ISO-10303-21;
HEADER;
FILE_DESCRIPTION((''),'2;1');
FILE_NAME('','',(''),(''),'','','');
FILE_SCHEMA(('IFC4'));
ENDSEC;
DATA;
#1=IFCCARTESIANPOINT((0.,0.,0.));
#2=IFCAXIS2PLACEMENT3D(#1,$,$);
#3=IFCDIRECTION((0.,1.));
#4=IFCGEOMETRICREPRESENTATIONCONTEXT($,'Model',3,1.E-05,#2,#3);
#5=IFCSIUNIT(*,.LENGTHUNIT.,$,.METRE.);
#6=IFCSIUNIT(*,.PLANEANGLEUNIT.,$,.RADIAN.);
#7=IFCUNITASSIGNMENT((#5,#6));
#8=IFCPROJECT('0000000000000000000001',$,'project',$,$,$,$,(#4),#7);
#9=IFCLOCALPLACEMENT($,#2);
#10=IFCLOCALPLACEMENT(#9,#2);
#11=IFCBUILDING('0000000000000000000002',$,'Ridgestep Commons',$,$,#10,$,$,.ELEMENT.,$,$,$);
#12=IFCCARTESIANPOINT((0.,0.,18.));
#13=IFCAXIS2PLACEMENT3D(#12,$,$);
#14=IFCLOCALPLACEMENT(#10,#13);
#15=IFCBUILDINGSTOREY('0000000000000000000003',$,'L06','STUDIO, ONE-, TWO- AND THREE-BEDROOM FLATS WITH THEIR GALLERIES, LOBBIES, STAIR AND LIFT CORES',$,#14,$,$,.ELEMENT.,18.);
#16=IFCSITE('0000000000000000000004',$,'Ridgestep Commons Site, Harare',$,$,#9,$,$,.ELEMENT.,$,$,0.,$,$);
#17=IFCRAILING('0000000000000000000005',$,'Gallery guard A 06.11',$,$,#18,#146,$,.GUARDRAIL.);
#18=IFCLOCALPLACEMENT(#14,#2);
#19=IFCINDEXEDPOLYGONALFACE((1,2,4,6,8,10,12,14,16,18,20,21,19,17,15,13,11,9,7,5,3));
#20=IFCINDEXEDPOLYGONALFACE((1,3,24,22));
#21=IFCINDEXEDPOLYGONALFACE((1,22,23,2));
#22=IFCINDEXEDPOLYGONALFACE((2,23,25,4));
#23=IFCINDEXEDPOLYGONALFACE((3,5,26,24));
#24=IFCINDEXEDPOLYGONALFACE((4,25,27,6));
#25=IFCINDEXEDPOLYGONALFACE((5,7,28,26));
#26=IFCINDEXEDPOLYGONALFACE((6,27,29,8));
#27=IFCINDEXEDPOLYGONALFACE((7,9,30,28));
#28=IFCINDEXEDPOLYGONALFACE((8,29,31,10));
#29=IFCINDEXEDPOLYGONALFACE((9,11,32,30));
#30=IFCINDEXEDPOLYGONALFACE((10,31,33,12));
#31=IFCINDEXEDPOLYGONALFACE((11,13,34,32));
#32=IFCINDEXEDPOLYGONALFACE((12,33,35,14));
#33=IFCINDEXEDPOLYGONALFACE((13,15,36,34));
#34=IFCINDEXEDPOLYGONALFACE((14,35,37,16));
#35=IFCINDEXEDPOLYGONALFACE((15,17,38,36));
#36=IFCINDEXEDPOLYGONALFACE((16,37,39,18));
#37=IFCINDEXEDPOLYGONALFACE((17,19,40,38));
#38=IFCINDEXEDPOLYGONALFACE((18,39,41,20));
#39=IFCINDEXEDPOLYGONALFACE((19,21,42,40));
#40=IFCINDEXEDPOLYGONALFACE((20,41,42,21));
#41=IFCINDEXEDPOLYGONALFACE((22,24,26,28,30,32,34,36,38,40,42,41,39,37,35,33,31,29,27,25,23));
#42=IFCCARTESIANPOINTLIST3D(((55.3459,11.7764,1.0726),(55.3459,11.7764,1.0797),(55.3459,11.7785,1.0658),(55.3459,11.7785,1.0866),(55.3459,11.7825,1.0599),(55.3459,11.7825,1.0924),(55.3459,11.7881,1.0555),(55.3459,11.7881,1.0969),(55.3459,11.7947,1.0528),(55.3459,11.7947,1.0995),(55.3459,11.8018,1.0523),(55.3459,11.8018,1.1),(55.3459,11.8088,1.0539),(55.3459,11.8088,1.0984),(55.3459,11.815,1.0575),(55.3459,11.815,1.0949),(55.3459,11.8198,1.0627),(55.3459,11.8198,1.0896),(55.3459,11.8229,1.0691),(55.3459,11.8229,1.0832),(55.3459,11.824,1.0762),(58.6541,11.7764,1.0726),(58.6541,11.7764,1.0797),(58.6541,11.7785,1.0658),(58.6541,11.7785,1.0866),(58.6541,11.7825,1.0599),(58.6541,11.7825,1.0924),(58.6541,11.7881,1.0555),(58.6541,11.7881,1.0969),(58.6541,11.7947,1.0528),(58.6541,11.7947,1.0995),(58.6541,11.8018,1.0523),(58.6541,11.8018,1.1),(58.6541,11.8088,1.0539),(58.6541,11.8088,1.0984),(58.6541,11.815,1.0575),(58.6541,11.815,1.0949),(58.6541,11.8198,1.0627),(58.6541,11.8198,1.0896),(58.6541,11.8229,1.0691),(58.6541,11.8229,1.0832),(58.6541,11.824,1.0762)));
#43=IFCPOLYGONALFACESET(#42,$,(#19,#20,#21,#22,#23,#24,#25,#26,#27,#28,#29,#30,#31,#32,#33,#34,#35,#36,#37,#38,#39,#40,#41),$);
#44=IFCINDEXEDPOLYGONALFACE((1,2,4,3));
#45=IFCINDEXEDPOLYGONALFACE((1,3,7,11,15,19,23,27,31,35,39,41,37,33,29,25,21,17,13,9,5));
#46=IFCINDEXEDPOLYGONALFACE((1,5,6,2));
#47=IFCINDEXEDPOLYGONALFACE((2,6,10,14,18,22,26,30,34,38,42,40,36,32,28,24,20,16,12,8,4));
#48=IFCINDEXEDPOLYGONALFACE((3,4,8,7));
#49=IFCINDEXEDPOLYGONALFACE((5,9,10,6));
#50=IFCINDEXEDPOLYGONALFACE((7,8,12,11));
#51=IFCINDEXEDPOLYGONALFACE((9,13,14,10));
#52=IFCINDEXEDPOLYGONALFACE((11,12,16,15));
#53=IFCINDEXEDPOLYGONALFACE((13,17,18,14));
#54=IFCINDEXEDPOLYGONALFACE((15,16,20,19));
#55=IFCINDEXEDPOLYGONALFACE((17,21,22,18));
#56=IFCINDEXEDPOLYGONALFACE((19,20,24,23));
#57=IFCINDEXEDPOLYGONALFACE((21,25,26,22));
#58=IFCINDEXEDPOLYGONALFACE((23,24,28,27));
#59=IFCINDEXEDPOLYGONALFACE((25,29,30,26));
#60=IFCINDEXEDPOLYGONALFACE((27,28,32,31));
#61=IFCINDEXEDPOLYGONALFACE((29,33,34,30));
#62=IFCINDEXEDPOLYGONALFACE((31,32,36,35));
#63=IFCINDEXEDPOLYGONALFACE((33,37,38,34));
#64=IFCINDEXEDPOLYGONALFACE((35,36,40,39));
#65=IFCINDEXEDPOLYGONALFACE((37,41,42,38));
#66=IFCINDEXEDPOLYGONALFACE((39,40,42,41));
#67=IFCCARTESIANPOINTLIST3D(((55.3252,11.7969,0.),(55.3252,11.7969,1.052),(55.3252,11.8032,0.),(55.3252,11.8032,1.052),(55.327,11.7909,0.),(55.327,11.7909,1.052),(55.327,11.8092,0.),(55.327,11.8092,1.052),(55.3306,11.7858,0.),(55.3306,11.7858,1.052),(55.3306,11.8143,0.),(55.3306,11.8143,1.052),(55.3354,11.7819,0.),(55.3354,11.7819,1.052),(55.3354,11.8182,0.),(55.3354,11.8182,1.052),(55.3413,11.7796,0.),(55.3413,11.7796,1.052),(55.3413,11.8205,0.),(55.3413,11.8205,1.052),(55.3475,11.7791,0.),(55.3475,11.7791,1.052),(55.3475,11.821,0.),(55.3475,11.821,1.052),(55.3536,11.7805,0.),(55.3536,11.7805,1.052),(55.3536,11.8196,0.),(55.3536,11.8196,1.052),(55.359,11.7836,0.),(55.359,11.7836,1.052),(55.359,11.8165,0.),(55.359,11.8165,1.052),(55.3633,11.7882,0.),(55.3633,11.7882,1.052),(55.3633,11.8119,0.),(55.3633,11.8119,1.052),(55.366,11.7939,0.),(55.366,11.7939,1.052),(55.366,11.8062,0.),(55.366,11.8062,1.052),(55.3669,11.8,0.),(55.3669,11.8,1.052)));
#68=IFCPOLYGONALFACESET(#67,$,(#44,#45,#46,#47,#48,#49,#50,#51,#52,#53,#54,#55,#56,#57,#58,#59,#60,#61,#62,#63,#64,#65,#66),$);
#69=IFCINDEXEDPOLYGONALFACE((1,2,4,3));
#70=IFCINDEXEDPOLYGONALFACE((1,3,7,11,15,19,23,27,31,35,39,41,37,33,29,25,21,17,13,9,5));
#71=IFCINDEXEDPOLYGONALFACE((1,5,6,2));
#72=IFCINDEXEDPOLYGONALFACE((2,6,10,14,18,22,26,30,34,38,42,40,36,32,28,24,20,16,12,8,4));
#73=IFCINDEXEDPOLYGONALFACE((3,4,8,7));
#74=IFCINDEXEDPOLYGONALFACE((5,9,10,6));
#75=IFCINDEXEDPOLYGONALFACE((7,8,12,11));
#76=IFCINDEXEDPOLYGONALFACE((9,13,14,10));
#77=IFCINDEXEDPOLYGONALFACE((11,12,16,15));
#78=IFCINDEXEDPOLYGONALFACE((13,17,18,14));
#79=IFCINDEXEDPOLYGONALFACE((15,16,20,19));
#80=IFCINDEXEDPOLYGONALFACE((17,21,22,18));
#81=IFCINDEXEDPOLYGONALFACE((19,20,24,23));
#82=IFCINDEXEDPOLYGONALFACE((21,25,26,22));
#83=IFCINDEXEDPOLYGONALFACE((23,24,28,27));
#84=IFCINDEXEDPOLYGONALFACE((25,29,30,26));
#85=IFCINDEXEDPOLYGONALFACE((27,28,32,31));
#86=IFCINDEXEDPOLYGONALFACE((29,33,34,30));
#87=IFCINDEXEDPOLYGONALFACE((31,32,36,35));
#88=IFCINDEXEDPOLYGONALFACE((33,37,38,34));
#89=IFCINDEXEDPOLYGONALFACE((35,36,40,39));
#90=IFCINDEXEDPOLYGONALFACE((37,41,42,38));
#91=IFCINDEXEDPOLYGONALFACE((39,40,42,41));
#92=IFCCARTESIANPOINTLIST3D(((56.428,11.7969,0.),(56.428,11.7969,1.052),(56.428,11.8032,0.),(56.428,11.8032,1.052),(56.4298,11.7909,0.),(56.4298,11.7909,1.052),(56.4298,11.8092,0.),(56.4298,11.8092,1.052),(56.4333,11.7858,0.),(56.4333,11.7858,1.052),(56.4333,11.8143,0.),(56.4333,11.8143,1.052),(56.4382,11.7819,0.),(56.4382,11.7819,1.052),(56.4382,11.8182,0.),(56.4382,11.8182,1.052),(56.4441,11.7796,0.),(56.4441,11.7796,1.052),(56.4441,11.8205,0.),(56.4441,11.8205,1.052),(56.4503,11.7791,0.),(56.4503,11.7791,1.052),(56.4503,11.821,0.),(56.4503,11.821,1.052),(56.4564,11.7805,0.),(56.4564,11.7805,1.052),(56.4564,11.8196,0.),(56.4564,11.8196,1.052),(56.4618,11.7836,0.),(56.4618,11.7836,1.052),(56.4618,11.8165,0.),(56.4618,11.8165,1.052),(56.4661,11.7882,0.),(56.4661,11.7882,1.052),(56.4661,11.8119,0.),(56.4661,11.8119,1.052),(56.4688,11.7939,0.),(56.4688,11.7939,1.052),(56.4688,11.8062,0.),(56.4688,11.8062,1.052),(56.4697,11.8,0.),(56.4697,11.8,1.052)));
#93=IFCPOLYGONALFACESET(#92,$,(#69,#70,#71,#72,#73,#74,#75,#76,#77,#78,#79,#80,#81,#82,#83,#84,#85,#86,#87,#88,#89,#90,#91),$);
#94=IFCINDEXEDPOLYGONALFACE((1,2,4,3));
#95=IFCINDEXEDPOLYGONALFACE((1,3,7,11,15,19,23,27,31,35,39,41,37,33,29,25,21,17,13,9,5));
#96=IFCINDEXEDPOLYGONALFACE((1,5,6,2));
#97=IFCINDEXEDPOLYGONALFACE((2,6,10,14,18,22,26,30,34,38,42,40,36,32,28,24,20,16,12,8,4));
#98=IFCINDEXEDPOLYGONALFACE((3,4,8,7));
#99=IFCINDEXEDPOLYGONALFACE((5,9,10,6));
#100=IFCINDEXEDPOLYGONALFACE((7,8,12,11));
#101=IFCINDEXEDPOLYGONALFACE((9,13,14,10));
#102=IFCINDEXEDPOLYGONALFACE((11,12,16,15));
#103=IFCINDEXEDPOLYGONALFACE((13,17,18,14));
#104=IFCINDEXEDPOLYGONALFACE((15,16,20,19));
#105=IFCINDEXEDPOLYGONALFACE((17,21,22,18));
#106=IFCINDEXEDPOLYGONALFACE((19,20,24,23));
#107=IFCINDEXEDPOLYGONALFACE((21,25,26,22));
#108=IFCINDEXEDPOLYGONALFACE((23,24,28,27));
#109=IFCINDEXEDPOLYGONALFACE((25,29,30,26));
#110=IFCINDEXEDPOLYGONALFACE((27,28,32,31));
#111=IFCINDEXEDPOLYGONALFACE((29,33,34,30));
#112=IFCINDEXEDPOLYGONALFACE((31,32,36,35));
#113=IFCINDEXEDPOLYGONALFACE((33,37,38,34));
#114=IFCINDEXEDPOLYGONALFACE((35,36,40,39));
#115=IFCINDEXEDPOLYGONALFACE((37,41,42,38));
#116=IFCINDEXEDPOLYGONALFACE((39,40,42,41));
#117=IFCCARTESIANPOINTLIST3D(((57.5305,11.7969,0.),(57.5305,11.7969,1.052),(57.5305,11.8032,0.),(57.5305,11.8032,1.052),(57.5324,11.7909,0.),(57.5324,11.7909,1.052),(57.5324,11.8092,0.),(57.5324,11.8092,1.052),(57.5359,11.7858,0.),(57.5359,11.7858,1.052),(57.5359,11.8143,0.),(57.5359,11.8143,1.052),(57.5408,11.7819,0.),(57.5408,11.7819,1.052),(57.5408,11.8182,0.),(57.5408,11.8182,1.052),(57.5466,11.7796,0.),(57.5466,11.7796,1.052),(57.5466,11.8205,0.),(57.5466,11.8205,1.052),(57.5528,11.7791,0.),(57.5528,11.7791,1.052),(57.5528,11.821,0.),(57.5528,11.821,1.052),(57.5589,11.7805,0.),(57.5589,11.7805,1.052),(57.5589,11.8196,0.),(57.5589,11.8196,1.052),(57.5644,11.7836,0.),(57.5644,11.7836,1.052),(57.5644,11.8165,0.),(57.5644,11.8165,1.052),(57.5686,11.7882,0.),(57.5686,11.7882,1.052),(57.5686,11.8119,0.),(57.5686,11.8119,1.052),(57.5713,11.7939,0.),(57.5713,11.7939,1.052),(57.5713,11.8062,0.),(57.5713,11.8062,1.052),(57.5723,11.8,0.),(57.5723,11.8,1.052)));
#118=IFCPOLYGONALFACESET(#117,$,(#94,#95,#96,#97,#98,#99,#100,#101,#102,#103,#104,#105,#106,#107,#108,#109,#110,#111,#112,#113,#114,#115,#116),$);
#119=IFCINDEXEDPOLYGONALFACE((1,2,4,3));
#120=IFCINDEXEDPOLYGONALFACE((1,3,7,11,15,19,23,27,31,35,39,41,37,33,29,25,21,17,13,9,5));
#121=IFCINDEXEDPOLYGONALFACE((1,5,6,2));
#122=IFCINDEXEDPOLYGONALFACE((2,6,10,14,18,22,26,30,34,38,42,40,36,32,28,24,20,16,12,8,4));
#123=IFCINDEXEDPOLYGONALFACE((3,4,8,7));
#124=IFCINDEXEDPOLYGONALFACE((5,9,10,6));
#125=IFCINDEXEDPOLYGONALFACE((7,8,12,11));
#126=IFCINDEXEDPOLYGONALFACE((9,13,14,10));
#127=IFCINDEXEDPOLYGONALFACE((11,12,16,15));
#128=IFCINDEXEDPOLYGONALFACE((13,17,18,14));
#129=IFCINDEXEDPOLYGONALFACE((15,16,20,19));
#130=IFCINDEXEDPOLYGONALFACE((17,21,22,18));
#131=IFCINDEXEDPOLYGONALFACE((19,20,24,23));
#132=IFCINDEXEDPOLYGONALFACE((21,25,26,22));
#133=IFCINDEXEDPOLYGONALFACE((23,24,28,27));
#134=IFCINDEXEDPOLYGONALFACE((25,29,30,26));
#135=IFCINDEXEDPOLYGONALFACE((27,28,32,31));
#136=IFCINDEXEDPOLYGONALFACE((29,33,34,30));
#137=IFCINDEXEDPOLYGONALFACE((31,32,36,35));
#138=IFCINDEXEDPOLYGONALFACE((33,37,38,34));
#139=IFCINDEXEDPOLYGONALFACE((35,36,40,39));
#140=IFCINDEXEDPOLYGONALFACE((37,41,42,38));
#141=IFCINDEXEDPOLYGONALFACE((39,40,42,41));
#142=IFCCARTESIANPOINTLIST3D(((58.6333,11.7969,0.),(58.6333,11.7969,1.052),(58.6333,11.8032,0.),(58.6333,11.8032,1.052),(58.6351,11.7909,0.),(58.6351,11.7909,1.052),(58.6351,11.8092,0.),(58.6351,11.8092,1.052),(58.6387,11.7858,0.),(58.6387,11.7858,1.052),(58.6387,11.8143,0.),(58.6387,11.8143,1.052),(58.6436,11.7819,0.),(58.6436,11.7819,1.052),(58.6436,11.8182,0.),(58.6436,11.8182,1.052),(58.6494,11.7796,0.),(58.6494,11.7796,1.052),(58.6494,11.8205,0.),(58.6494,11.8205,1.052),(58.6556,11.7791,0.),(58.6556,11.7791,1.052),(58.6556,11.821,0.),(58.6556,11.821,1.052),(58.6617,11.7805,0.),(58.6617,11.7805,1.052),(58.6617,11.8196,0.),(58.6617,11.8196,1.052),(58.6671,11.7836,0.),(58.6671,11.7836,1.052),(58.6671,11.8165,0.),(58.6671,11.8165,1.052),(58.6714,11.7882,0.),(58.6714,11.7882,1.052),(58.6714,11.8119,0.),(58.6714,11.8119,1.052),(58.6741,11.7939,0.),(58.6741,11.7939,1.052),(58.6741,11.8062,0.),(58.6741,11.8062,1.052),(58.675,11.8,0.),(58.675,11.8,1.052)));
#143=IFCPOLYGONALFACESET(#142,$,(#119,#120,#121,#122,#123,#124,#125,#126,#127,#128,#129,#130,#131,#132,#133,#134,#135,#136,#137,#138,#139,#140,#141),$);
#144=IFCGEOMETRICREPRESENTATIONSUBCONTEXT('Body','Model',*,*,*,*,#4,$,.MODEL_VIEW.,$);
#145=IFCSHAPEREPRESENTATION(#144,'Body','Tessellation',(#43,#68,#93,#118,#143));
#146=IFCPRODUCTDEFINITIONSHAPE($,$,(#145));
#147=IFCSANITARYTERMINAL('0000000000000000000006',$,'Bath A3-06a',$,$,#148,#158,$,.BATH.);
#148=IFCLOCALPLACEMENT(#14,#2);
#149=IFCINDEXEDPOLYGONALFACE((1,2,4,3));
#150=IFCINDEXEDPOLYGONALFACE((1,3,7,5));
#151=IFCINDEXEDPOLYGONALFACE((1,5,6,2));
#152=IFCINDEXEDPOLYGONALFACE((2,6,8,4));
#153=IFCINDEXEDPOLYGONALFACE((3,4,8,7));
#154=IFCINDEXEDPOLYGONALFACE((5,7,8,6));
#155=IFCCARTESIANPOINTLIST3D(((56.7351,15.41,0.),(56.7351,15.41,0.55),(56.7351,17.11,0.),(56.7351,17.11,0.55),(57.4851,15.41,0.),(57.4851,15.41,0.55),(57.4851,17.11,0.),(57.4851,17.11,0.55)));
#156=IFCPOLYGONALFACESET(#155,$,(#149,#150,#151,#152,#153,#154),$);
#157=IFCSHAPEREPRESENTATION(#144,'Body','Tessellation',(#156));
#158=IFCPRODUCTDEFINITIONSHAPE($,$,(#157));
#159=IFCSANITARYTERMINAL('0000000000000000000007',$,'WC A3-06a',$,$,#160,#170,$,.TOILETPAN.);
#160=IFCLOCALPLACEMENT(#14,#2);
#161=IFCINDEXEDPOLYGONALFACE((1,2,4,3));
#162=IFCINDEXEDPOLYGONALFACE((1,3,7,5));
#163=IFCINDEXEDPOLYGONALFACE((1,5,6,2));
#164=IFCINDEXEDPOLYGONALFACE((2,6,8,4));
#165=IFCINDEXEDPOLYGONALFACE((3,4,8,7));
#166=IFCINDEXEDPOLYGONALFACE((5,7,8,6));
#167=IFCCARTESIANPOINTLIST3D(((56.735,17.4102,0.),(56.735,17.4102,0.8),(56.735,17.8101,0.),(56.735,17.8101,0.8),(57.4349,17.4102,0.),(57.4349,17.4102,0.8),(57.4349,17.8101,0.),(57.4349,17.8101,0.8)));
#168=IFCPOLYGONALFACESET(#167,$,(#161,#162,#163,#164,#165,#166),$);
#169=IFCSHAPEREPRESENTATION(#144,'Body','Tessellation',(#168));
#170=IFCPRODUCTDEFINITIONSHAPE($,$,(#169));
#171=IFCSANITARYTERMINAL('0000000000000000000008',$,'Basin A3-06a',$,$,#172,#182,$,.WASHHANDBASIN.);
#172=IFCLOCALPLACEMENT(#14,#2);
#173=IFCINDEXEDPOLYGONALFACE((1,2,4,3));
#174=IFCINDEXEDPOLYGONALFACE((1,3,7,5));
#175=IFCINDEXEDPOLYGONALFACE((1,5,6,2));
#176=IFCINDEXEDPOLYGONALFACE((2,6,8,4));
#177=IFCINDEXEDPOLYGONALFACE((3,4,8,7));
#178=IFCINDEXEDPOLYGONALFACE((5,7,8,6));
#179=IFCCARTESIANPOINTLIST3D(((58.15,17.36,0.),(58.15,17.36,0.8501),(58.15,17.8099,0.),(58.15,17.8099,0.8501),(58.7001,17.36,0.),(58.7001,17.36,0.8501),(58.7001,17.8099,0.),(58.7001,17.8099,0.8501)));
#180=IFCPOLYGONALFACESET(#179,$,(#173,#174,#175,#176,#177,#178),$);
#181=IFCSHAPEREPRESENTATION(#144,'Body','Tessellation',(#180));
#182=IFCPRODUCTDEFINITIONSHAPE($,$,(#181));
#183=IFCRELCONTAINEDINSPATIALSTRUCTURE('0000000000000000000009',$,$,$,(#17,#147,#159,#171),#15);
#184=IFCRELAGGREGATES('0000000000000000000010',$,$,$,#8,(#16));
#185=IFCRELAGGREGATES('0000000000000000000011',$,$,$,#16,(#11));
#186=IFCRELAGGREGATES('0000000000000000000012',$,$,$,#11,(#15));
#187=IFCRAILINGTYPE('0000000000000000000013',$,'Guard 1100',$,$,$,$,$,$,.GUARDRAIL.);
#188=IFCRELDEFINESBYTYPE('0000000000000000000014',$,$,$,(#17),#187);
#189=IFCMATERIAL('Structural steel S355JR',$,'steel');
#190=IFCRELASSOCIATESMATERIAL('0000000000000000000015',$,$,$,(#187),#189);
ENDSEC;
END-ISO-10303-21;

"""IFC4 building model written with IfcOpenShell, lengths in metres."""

from ifc_helpers import new_model, si_unit, direction, frame, origin, origin_2d, place, context, subcontext, project, spatial, rectangle, circle, extrude, material, type_object, element, save


model = new_model("IFC4")

# Units and contexts
model_context = context("Model", 3, precision=1e-05, world=origin(), true_north=direction((0.0, 1.0)))
body_context = subcontext(model_context, "Body", "Model", "MODEL_VIEW")
ifc_project = project(units=[si_unit("LENGTHUNIT", "METRE"), si_unit("PLANEANGLEUNIT", "RADIAN")], contexts=[model_context])

# Site, building, storey
site_placement = place(None, origin())
site = spatial("IfcSite", under=ifc_project, at=site_placement, Name="Ridgestep Commons Site, Harare", CompositionType="ELEMENT", RefElevation=0.0)
building_placement = place(site_placement, origin())
building = spatial("IfcBuilding", under=site, at=building_placement, Name="Ridgestep Commons", CompositionType="ELEMENT")
storey_placement = place(building_placement, frame((0.0, 0.0, 18.0)))
storey = spatial("IfcBuildingStorey", under=building, at=storey_placement, Name="L06", Description="STUDIO, ONE-, TWO- AND THREE-BEDROOM FLATS WITH THEIR GALLERIES, LOBBIES, STAIR AND LIFT CORES", CompositionType="ELEMENT", Elevation=18.0)

# Railing
ifc_material_1 = material(Name="Structural steel S355JR", Category="steel")
railing_type = type_object("IfcRailingType", Name="Guard 1100", PredefinedType="GUARDRAIL", material=ifc_material_1)
railing_1_placement = place(storey_placement, frame((55.3459, 11.8, 0.0)))
element("IfcRailing", 1, at=railing_1_placement, inside=storey, type_object=railing_type, Name="Gallery guard A 06.11", PredefinedType="GUARDRAIL", context=body_context, shape_type="SweptSolid", body=[
    extrude(circle(Radius=0.0239, at=origin_2d()), frame((0.0, 0.0, 1.0762), z_axis=(1.0, 0.0, 0.0), x_axis=(0.0, 1.0, 0.0)), (0.0, 0.0, 1.0), 3.3081),
    extrude(circle(Radius=0.021, at=origin_2d()), origin(), (0.0, 0.0, 1.0), 1.052),
    extrude(circle(Radius=0.021, at=origin_2d()), frame((1.1028, 0.0, 0.0)), (0.0, 0.0, 1.0), 1.052),
    extrude(circle(Radius=0.021, at=origin_2d()), frame((2.2053, 0.0, 0.0)), (0.0, 0.0, 1.0), 1.052),
    extrude(circle(Radius=0.021, at=origin_2d()), frame((3.3081, 0.0, 0.0)), (0.0, 0.0, 1.0), 1.052),
])

# Sanitary terminals
sanitary_terminal_1_placement = place(storey_placement, frame((57.1101, 16.26, 0.0), z_axis=(0.0, 0.0, 1.0), x_axis=(1.0, 0.0, 0.0)))
element("IfcSanitaryTerminal", 2, at=sanitary_terminal_1_placement, inside=storey, Name="Bath A3-06a", PredefinedType="BATH", context=body_context, shape_type="SweptSolid", body=[
    extrude(rectangle(XDim=0.75, YDim=1.7, at=origin_2d()), origin(), (0.0, 0.0, 1.0), 0.55),
])
sanitary_terminal_2_placement = place(storey_placement, frame((57.085, 17.6101, 0.0), z_axis=(0.0, 0.0, 1.0), x_axis=(1.0, 0.0, 0.0)))
element("IfcSanitaryTerminal", 3, at=sanitary_terminal_2_placement, inside=storey, Name="WC A3-06a", PredefinedType="TOILETPAN", context=body_context, shape_type="SweptSolid", body=[
    extrude(rectangle(XDim=0.7, YDim=0.3999, at=origin_2d()), origin(), (0.0, 0.0, 1.0), 0.8),
])
sanitary_terminal_3_placement = place(storey_placement, frame((58.425, 17.585, 0.0), z_axis=(0.0, 0.0, 1.0), x_axis=(1.0, 0.0, 0.0)))
element("IfcSanitaryTerminal", 4, at=sanitary_terminal_3_placement, inside=storey, Name="Basin A3-06a", PredefinedType="WASHHANDBASIN", context=body_context, shape_type="SweptSolid", body=[
    extrude(rectangle(XDim=0.55, YDim=0.45, at=origin_2d()), origin(), (0.0, 0.0, 1.0), 0.8501),
])

save(model, "model.ifc")
